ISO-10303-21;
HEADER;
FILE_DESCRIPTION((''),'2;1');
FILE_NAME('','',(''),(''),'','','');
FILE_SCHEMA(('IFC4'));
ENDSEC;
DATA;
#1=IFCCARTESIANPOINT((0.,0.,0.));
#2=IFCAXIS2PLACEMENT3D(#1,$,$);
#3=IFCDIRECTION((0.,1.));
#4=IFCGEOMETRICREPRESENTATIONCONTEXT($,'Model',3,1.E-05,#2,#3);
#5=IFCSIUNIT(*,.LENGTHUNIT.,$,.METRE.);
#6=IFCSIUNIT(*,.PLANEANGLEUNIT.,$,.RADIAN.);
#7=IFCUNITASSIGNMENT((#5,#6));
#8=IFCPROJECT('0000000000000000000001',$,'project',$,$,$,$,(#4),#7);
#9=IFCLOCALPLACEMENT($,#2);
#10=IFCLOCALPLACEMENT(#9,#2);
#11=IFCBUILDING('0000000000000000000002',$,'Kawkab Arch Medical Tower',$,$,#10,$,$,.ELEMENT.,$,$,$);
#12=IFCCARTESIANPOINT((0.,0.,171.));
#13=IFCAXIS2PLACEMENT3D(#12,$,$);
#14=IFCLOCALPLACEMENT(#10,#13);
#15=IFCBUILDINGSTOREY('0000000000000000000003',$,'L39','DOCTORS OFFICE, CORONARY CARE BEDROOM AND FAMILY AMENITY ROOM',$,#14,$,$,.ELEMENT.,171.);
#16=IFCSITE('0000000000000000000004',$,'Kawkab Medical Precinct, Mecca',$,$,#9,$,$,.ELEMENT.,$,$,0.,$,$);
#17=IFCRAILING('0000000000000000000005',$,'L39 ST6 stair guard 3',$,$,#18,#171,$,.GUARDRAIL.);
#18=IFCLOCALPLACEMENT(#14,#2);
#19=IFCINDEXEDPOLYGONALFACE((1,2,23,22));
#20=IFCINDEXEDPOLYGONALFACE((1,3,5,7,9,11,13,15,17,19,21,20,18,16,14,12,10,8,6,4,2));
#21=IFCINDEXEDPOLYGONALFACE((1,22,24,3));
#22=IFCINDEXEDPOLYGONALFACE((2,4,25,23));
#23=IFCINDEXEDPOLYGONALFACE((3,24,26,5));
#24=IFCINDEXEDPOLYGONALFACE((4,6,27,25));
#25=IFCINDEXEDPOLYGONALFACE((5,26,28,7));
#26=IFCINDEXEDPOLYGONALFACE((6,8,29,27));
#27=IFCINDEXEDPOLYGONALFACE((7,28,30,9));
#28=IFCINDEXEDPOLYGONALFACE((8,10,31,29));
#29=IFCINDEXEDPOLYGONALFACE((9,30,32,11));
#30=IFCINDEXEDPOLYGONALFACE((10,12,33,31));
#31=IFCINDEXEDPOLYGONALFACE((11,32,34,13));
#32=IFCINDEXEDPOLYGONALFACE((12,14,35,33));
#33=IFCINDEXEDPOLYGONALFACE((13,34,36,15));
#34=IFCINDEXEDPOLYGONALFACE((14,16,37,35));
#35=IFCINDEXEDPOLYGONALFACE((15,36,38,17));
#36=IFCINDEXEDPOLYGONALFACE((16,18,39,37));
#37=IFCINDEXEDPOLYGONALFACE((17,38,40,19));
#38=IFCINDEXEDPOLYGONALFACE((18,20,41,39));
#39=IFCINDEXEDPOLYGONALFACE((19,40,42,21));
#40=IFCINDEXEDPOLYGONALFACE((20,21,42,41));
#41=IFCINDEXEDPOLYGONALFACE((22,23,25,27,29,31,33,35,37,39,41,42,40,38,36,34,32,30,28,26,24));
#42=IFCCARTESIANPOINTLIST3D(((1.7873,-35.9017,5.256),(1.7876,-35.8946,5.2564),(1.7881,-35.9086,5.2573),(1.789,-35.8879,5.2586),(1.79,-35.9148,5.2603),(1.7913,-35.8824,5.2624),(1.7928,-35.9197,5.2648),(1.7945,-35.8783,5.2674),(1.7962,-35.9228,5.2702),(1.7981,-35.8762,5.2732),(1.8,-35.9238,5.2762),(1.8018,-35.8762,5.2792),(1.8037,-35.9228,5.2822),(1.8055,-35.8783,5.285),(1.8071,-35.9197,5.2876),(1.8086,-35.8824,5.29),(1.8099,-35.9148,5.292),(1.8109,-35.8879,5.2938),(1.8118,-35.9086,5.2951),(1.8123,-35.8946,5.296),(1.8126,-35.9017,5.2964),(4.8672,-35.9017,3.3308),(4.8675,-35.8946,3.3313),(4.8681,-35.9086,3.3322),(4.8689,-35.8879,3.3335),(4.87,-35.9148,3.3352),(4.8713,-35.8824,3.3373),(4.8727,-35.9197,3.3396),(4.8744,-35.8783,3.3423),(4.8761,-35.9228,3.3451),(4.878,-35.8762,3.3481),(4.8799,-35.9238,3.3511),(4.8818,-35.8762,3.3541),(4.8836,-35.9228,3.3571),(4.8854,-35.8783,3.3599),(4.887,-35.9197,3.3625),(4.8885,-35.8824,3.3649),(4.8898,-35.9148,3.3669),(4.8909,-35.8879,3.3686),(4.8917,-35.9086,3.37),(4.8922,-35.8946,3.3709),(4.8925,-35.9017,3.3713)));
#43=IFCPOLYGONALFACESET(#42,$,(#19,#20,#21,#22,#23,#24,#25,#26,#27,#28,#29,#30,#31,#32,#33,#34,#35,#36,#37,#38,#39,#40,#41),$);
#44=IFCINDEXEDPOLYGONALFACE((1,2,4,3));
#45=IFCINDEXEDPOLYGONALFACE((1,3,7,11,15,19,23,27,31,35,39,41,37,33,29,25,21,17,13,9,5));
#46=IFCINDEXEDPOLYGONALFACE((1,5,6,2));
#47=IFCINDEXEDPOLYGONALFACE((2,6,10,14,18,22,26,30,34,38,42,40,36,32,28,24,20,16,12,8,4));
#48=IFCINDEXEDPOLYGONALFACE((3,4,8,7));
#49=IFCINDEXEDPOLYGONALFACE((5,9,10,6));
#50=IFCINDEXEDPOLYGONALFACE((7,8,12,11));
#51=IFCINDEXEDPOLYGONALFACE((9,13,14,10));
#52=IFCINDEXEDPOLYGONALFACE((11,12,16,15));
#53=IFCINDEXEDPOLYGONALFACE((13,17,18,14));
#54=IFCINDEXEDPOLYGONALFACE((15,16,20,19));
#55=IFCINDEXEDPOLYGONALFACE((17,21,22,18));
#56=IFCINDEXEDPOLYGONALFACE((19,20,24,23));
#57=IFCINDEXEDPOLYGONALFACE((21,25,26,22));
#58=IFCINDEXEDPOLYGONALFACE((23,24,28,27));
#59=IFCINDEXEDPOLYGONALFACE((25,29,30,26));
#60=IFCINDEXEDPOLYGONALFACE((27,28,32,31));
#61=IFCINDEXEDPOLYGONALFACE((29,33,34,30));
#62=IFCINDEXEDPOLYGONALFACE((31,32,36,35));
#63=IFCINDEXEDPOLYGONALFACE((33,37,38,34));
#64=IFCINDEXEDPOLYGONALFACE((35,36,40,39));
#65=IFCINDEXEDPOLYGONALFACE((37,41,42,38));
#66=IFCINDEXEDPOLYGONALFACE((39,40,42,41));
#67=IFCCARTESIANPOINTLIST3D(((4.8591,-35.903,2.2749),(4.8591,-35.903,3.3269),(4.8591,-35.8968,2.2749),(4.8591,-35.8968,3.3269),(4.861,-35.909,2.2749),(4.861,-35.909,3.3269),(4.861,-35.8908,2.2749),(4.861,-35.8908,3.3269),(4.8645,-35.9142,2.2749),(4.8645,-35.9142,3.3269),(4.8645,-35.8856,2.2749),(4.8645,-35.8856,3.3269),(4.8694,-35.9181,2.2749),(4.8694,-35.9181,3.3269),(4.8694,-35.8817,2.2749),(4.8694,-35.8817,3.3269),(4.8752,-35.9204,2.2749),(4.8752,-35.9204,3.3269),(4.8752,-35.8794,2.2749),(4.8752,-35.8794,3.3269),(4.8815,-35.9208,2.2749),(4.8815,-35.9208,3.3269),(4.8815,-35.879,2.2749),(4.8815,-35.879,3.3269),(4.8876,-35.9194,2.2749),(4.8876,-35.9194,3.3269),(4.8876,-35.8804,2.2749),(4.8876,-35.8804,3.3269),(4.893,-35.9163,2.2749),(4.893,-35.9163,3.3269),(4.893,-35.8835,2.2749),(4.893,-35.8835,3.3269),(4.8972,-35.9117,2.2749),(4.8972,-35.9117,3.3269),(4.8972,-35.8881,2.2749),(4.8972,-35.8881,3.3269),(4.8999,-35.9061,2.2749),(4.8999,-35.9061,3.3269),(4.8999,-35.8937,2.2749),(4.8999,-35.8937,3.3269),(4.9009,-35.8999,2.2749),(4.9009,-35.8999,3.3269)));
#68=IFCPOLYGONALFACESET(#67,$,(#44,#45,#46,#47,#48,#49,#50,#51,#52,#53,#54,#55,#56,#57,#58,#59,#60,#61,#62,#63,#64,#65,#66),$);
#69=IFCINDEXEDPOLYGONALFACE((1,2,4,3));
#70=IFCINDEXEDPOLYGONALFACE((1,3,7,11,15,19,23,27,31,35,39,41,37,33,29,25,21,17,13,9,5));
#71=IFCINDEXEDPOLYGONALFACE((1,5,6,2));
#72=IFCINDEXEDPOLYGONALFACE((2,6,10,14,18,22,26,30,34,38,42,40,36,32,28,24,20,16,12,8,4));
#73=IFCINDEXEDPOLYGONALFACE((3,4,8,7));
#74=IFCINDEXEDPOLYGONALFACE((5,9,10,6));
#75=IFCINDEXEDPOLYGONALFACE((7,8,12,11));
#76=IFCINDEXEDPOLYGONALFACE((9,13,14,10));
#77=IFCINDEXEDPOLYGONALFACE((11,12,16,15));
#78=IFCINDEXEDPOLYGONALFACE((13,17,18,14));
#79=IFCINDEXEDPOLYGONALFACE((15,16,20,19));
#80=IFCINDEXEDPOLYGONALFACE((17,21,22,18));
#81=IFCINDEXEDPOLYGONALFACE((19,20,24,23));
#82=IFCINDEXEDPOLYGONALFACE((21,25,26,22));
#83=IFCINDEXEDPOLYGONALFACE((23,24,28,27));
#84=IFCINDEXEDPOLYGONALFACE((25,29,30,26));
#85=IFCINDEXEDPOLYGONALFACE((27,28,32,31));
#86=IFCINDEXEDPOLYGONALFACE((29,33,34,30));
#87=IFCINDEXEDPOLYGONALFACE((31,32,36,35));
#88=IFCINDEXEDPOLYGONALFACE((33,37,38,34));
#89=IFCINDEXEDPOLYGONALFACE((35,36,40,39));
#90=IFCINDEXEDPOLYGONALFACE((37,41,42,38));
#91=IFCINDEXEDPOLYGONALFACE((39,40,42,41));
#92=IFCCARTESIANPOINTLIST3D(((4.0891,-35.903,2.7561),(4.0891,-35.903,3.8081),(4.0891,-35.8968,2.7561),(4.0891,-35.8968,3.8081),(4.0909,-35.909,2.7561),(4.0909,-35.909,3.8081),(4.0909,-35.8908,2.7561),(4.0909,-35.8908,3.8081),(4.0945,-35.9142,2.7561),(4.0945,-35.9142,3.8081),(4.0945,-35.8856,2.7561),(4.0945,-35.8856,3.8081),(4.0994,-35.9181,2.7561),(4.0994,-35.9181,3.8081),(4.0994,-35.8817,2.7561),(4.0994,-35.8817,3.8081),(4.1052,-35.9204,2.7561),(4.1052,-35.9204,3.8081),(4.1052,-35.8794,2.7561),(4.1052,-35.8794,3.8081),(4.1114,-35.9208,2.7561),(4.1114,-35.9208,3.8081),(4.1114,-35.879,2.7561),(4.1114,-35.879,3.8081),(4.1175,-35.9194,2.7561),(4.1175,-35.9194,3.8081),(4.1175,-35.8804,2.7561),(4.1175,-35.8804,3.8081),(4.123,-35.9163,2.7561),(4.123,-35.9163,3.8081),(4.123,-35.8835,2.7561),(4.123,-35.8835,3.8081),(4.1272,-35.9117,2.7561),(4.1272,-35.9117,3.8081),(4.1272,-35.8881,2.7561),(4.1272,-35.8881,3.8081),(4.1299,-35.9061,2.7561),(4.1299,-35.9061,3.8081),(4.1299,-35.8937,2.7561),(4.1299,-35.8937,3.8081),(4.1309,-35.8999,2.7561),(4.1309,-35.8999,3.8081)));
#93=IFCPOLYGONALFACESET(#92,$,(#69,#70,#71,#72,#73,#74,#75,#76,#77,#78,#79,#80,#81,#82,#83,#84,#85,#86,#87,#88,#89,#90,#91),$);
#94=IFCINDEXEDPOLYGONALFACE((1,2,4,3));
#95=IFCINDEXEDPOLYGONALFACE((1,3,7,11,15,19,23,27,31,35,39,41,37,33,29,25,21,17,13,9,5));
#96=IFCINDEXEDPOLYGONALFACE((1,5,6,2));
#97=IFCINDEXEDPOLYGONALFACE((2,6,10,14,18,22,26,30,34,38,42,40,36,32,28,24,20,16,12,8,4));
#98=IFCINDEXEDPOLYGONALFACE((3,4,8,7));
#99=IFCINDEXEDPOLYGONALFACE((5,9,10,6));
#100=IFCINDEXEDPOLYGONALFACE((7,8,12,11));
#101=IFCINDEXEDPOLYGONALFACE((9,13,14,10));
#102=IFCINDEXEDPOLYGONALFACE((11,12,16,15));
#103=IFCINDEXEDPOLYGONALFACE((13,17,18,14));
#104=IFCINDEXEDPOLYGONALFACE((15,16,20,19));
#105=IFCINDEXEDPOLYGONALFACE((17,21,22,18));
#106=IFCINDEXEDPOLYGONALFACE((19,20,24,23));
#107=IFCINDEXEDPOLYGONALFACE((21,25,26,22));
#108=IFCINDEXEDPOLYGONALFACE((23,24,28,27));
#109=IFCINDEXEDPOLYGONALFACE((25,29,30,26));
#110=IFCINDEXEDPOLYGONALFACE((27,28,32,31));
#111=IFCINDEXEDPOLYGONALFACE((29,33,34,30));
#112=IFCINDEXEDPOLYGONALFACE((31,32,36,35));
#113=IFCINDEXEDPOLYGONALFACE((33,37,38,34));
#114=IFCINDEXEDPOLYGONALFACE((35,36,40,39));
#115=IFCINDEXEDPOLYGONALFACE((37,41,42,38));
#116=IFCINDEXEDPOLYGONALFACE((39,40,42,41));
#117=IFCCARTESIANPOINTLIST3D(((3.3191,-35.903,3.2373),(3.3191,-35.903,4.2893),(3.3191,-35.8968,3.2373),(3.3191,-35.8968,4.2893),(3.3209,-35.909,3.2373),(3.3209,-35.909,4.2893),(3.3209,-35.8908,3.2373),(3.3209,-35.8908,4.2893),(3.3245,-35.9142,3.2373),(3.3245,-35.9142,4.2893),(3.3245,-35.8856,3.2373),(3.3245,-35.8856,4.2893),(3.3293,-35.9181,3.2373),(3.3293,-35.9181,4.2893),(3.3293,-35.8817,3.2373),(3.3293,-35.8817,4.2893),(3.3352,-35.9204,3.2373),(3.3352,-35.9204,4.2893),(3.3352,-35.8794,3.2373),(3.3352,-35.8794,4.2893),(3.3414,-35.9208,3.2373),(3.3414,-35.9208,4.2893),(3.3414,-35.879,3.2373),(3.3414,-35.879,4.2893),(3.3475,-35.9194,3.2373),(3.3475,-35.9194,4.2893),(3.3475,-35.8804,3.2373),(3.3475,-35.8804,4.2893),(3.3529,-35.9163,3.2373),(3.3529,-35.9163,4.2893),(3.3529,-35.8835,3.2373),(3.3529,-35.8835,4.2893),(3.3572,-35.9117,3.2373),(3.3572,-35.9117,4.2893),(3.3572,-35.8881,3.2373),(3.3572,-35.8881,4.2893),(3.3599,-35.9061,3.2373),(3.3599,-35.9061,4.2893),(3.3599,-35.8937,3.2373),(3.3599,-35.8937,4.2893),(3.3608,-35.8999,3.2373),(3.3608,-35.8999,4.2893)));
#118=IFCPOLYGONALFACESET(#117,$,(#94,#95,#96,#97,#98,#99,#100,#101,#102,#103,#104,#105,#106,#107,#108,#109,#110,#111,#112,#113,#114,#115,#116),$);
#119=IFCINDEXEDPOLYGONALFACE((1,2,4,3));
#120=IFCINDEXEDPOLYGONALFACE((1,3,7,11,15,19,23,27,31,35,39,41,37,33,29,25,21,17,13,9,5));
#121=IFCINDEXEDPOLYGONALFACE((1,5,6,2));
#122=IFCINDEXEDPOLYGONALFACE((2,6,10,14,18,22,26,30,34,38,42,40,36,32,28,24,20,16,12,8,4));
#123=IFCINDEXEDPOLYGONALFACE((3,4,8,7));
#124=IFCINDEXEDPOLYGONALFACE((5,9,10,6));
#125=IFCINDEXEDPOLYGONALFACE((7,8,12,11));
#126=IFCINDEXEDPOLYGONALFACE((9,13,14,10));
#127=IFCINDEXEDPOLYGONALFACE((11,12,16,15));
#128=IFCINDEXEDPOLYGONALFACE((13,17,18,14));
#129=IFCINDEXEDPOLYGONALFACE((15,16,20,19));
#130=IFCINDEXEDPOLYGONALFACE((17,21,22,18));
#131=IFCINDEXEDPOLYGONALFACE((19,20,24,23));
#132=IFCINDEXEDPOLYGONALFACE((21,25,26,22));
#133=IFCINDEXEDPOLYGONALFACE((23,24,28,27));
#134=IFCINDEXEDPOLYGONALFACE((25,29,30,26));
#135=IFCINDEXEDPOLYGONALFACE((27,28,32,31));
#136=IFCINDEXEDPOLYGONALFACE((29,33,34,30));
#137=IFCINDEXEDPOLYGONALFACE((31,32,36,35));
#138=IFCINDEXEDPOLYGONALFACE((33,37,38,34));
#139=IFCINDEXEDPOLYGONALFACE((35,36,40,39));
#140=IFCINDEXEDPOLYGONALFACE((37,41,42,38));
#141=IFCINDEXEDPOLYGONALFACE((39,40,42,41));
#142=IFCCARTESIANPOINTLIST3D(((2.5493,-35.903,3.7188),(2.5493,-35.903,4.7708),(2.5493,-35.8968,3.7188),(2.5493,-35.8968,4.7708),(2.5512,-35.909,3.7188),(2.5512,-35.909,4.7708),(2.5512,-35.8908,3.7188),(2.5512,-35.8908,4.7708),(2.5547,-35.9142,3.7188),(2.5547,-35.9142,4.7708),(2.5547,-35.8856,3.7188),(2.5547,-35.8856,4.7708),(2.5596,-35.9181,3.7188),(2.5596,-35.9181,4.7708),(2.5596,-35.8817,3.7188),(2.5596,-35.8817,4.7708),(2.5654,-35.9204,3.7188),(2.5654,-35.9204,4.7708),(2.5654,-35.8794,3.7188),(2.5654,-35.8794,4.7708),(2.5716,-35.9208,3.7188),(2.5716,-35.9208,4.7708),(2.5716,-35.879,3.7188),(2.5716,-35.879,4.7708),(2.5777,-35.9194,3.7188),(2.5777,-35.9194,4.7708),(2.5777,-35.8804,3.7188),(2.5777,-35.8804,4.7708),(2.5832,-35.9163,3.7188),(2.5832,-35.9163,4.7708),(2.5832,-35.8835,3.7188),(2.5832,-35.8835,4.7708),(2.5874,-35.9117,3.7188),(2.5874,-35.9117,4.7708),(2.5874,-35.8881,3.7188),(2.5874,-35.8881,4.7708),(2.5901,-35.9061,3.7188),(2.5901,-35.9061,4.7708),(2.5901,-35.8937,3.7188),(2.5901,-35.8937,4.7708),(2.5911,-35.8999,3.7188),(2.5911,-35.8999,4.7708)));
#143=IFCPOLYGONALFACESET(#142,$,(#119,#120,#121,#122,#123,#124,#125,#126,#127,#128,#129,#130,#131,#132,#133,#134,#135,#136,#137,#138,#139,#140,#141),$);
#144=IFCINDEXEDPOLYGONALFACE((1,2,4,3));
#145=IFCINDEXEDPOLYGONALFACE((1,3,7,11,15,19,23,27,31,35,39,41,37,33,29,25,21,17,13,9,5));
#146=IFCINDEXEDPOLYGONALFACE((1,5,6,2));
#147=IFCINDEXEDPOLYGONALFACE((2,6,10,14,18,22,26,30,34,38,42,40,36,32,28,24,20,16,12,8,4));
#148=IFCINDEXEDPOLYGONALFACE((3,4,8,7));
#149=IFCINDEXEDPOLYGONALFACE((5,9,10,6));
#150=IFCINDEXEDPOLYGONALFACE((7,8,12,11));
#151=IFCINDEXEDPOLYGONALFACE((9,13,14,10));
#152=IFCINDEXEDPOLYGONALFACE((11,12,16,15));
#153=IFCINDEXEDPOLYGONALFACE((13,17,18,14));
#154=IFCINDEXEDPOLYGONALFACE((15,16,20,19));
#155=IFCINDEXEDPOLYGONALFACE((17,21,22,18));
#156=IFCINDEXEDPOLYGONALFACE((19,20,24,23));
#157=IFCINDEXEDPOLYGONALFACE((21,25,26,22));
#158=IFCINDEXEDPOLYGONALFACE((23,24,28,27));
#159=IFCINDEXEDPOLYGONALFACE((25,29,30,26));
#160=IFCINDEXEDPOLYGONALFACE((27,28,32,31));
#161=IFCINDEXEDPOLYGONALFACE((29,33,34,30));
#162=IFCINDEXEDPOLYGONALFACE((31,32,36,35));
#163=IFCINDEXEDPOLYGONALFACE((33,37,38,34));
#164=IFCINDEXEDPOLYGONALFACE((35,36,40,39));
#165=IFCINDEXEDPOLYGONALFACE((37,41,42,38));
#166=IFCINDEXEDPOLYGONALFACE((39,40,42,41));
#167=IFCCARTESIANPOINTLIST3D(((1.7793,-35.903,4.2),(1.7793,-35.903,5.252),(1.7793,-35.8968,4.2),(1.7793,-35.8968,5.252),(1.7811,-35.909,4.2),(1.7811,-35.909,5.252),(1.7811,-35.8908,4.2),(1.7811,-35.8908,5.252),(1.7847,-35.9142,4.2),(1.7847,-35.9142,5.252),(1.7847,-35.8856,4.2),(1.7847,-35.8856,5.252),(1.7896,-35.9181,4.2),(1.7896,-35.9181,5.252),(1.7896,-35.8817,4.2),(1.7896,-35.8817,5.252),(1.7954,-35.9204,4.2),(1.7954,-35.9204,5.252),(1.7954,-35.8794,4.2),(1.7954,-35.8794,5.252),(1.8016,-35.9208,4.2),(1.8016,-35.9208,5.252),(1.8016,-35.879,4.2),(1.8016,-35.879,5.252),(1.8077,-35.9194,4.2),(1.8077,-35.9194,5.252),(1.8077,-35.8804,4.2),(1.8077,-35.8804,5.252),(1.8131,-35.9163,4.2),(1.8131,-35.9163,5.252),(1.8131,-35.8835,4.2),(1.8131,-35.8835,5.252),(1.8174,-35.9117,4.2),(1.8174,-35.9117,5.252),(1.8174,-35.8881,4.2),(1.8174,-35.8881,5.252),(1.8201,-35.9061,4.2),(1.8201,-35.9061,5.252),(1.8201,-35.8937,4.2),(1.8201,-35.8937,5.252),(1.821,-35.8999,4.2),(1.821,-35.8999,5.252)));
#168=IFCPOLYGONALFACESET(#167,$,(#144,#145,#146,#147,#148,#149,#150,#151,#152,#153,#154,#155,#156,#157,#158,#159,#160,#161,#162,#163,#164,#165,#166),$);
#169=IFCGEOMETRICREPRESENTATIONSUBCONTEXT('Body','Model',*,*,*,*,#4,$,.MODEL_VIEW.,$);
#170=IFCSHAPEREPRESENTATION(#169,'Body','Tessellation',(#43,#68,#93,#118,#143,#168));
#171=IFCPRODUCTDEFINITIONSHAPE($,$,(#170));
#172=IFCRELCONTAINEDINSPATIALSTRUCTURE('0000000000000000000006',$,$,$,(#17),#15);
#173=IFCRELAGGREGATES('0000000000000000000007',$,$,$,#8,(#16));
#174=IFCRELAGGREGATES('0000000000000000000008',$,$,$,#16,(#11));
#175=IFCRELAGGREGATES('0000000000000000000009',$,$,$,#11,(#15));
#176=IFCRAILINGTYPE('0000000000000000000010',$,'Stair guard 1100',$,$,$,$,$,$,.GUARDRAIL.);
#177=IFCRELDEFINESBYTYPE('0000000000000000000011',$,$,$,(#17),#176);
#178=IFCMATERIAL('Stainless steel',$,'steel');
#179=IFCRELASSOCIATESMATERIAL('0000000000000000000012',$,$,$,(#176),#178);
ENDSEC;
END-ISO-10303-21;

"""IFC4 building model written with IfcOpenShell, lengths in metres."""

from ifc_helpers import new_model, si_unit, direction, frame, origin, origin_2d, place, context, subcontext, project, spatial, circle, extrude, material, type_object, element, save


model = new_model("IFC4")

# Units and contexts
model_context = context("Model", 3, precision=1e-05, world=origin(), true_north=direction((0.0, 1.0)))
body_context = subcontext(model_context, "Body", "Model", "MODEL_VIEW")
ifc_project = project(units=[si_unit("LENGTHUNIT", "METRE"), si_unit("PLANEANGLEUNIT", "RADIAN")], contexts=[model_context])

# Site, building, storey
site_placement = place(None, origin())
site = spatial("IfcSite", under=ifc_project, at=site_placement, Name="Kawkab Medical Precinct, Mecca", CompositionType="ELEMENT", RefElevation=0.0)
building_placement = place(site_placement, origin())
building = spatial("IfcBuilding", under=site, at=building_placement, Name="Kawkab Arch Medical Tower", CompositionType="ELEMENT")
storey_placement = place(building_placement, frame((0.0, 0.0, 171.0)))
storey = spatial("IfcBuildingStorey", under=building, at=storey_placement, Name="L39", Description="DOCTORS OFFICE, CORONARY CARE BEDROOM AND FAMILY AMENITY ROOM", CompositionType="ELEMENT", Elevation=171.0)

# Railing
ifc_material_1 = material(Name="Stainless steel", Category="steel")
railing_type = type_object("IfcRailingType", Name="Stair guard 1100", PredefinedType="GUARDRAIL", material=ifc_material_1)
railing_1_placement = place(storey_placement, frame((4.8799, -35.8999, 2.2749)))
element("IfcRailing", 1, at=railing_1_placement, inside=storey, type_object=railing_type, Name="L39 ST6 stair guard 3", PredefinedType="GUARDRAIL", context=body_context, shape_type="SweptSolid", body=[
    extrude(circle(Radius=0.0239, at=origin_2d()), frame((0.0, 0.0, 1.0762), z_axis=(-0.847979, 0.0, 0.530029), x_axis=(0.0, -1.0, 0.0)), (0.0, 0.0, 1.0), 3.6321),
    extrude(circle(Radius=0.021, at=origin_2d()), origin(), (0.0, 0.0, 1.0), 1.052),
    extrude(circle(Radius=0.021, at=origin_2d()), frame((-0.77, 0.0, 0.4812)), (0.0, 0.0, 1.0), 1.052),
    extrude(circle(Radius=0.021, at=origin_2d()), frame((-1.54, 0.0, 0.9624)), (0.0, 0.0, 1.0), 1.052),
    extrude(circle(Radius=0.021, at=origin_2d()), frame((-2.3098, 0.0, 1.4438)), (0.0, 0.0, 1.0), 1.052),
    extrude(circle(Radius=0.021, at=origin_2d()), frame((-3.0798, 0.0, 1.925)), (0.0, 0.0, 1.0), 1.052),
])

save(model, "model.ifc")
